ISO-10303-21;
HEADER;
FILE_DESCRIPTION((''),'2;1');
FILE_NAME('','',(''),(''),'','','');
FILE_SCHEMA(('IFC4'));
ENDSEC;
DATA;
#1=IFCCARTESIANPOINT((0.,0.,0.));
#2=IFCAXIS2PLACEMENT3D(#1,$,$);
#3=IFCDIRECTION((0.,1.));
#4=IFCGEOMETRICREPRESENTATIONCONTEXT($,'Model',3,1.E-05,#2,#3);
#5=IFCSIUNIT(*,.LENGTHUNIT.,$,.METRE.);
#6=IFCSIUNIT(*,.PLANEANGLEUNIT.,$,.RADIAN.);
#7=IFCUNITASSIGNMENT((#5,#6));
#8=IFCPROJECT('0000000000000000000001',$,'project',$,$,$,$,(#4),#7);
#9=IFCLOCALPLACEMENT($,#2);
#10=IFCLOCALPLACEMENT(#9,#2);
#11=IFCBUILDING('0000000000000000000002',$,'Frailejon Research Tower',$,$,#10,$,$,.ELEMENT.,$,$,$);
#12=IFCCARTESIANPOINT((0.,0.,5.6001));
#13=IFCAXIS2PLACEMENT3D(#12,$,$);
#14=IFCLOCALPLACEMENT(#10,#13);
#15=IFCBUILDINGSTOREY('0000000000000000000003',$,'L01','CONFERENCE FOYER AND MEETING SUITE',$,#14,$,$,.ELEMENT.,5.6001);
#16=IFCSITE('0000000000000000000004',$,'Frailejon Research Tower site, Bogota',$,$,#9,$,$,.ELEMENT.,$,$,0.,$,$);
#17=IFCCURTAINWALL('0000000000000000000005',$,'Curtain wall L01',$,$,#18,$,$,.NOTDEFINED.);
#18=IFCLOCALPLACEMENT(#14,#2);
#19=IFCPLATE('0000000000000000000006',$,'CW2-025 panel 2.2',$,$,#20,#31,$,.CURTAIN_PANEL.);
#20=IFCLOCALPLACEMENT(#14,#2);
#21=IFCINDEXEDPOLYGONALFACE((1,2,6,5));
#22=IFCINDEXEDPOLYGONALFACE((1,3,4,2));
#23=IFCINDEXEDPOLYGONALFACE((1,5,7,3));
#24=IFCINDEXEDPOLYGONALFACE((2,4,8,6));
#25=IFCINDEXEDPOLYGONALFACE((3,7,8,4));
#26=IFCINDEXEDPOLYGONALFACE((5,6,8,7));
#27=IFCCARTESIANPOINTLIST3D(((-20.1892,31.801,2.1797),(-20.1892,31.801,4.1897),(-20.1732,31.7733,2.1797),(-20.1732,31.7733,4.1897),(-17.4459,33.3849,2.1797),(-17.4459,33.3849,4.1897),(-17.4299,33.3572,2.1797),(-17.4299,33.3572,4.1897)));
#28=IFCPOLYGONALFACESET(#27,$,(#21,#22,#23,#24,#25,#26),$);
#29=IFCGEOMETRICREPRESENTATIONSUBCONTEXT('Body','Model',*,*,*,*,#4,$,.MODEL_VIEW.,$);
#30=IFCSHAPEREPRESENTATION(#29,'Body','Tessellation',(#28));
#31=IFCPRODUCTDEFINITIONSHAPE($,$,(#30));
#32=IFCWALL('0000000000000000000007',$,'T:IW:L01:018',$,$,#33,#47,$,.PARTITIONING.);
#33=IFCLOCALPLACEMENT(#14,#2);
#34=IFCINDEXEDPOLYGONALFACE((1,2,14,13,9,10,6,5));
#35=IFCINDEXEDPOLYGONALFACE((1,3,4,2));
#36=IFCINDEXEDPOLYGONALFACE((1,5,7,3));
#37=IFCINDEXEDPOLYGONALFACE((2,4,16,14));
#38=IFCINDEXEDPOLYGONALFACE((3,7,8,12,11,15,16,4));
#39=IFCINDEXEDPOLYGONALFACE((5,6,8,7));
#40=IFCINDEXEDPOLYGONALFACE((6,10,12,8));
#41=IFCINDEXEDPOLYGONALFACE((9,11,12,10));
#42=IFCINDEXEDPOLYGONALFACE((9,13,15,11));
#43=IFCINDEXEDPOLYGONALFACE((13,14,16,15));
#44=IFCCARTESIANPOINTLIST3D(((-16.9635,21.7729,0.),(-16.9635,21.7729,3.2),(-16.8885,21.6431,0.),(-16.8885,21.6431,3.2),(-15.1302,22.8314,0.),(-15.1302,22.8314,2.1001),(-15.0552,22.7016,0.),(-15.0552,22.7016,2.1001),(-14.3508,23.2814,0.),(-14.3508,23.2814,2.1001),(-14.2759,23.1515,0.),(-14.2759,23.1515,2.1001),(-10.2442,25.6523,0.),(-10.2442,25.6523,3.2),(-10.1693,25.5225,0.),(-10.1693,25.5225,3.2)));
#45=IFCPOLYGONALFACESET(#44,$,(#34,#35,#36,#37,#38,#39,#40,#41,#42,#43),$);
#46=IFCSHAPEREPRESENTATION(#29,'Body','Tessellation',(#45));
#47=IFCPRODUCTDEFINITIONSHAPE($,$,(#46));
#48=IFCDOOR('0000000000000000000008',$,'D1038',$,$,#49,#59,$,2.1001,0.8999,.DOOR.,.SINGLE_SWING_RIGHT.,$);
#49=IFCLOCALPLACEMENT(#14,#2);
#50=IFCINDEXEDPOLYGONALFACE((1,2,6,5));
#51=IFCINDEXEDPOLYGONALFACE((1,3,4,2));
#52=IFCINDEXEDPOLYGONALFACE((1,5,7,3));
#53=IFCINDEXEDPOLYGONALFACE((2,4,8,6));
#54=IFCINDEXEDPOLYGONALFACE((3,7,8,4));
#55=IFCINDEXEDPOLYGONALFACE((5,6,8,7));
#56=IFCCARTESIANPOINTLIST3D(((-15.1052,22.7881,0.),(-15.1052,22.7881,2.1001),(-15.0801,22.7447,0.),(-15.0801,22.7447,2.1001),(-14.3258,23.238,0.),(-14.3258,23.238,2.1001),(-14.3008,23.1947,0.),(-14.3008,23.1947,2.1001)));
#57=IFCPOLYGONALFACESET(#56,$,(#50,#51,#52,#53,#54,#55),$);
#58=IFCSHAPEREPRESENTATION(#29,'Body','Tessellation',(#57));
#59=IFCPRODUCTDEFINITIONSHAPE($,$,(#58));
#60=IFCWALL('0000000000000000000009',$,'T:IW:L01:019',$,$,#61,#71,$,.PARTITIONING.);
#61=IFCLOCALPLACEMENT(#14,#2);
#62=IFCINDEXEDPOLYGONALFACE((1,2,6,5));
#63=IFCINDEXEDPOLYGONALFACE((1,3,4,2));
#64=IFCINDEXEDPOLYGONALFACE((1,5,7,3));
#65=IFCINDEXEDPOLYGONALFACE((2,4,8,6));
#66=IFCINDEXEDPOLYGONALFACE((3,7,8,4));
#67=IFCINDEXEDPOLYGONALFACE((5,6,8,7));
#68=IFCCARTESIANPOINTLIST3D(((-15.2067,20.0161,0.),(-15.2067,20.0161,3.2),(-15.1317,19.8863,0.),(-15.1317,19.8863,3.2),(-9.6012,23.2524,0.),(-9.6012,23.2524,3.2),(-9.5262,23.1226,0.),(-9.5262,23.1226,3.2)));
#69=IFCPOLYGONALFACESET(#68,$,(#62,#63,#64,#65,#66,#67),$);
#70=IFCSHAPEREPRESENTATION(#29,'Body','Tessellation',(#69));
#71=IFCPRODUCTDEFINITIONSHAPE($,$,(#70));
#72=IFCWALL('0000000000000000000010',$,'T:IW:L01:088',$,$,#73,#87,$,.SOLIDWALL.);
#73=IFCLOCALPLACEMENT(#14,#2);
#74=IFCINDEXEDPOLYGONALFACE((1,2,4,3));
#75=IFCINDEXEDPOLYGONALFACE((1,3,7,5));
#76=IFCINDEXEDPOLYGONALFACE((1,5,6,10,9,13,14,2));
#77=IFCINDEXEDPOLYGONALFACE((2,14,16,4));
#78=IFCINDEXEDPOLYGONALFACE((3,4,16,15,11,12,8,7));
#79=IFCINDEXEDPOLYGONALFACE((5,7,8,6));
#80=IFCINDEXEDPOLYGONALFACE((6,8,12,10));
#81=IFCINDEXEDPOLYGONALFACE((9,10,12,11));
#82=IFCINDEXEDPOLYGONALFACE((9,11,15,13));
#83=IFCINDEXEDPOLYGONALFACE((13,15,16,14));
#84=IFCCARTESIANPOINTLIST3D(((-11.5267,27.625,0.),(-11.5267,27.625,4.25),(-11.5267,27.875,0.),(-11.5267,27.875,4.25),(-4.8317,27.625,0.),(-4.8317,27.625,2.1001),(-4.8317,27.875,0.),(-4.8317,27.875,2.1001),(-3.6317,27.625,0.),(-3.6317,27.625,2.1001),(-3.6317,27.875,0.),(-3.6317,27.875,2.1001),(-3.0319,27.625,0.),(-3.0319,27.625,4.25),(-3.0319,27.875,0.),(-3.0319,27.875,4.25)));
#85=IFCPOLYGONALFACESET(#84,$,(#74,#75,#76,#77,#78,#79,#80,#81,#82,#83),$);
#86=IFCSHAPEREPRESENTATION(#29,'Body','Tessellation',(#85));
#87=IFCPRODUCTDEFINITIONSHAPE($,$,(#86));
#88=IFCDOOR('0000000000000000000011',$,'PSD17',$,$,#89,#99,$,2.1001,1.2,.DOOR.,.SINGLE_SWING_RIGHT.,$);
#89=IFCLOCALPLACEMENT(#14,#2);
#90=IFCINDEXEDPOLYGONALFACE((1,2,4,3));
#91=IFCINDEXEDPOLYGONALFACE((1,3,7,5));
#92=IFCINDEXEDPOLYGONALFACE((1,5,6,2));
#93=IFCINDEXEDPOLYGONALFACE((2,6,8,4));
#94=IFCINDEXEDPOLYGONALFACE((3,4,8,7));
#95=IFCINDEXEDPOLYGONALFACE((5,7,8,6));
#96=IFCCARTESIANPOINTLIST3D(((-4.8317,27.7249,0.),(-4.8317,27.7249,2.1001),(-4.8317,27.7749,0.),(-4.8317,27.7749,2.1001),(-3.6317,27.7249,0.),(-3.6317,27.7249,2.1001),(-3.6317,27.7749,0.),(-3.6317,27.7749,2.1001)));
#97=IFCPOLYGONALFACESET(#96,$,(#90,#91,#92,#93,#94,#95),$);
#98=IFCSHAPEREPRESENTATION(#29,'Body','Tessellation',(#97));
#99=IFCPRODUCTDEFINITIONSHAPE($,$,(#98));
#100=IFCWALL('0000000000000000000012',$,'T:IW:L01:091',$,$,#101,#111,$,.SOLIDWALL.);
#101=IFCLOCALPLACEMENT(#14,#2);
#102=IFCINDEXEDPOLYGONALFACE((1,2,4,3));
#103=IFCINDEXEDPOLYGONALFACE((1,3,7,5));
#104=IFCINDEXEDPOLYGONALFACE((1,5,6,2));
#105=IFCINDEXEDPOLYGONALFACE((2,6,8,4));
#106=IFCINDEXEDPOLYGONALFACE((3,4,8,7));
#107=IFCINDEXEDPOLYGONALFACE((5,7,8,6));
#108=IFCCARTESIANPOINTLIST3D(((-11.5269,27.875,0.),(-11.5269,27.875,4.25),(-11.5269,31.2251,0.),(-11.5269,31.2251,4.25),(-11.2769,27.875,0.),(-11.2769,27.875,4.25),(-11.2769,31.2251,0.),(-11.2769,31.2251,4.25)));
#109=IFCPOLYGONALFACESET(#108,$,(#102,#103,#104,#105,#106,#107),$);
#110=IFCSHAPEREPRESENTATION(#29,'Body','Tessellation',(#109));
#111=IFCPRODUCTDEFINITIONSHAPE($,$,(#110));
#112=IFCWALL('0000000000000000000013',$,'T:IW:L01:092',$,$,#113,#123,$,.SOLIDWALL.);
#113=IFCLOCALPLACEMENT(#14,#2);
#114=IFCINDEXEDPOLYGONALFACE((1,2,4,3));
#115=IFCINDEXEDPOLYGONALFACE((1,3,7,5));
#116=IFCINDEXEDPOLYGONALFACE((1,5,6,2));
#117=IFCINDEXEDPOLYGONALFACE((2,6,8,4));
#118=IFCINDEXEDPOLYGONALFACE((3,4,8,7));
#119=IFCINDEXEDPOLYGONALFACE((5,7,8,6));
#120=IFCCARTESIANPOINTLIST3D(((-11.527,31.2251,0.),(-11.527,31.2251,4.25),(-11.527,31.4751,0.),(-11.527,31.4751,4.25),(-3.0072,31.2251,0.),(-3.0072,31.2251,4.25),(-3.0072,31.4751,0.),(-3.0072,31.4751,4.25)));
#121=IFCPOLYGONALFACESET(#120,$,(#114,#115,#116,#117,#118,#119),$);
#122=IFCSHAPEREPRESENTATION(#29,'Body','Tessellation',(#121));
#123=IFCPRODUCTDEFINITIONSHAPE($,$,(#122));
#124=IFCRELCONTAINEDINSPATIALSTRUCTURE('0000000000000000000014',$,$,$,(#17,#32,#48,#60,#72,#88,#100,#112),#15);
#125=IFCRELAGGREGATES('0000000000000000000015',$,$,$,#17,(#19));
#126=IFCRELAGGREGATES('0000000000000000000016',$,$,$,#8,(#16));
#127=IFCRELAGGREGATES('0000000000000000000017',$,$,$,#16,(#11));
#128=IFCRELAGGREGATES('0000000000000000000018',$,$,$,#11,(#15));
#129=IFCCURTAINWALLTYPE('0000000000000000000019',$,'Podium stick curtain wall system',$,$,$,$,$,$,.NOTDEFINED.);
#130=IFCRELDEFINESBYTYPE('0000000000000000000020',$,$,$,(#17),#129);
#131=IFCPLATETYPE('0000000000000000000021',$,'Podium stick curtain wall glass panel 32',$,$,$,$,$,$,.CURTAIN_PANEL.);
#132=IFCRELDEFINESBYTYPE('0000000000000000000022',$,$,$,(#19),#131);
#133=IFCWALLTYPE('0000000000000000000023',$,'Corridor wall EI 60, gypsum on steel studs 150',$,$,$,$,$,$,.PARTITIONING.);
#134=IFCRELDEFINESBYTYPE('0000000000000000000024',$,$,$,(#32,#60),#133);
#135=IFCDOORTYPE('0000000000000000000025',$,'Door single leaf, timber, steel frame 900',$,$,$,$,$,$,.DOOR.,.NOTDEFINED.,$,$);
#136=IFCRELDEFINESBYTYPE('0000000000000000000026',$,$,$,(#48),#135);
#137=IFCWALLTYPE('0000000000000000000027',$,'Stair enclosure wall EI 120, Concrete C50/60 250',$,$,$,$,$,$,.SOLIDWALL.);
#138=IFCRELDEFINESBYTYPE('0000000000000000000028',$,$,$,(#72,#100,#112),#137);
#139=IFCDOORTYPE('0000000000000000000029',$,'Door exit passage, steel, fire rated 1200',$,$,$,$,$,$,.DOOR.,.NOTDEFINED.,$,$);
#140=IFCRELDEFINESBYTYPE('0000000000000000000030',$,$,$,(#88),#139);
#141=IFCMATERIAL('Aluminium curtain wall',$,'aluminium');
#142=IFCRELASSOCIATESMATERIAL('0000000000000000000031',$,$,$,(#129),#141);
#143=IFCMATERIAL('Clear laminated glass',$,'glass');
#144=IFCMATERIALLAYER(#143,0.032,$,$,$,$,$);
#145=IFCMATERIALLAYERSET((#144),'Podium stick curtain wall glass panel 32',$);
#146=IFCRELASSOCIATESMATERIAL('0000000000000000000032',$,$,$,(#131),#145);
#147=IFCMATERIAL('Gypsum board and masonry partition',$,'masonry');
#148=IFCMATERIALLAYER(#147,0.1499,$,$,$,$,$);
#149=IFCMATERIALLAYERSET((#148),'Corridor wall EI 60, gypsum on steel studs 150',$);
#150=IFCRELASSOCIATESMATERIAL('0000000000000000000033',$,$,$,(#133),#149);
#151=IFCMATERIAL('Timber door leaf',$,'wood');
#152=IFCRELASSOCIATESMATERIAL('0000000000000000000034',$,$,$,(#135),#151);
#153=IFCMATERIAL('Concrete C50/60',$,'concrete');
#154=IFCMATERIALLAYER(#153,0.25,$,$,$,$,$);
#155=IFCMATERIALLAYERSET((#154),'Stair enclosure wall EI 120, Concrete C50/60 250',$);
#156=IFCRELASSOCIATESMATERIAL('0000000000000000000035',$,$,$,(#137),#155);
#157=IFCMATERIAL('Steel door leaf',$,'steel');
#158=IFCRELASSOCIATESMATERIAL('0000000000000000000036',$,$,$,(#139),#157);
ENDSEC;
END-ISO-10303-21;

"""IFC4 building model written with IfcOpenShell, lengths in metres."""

from ifc_helpers import new_model, si_unit, direction, frame, frame_2d, origin, origin_2d, place, context, subcontext, project, spatial, rectangle, extrude, material, layer, layer_set, type_object, element, fill, aggregate, save


model = new_model("IFC4")

# Units and contexts
model_context = context("Model", 3, precision=1e-05, world=origin(), true_north=direction((0.0, 1.0)))
body_context = subcontext(model_context, "Body", "Model", "MODEL_VIEW")
ifc_project = project(units=[si_unit("LENGTHUNIT", "METRE"), si_unit("PLANEANGLEUNIT", "RADIAN")], contexts=[model_context])

# Site, building, storey
site_placement = place(None, origin())
site = spatial("IfcSite", under=ifc_project, at=site_placement, Name="Frailejon Research Tower site, Bogota", CompositionType="ELEMENT", RefElevation=0.0)
building_placement = place(site_placement, origin())
building = spatial("IfcBuilding", under=site, at=building_placement, Name="Frailejon Research Tower", CompositionType="ELEMENT")
storey_placement = place(building_placement, frame((0.0, 0.0, 5.6001)))
storey = spatial("IfcBuildingStorey", under=building, at=storey_placement, Name="L01", Description="CONFERENCE FOYER AND MEETING SUITE", CompositionType="ELEMENT", Elevation=5.6001)

# Curtain wall, plate
ifc_material_1 = material(Name="Aluminium curtain wall", Category="aluminium")
curtain_wall_type = type_object("IfcCurtainWallType", Name="Podium stick curtain wall system", PredefinedType="NOTDEFINED", material=ifc_material_1)
curtain_wall_placement = place(storey_placement, origin())
curtain_wall = element("IfcCurtainWall", 1, at=curtain_wall_placement, inside=storey, type_object=curtain_wall_type, Name="Curtain wall L01", PredefinedType="NOTDEFINED")
ifc_material_2 = material(Name="Clear laminated glass", Category="glass")
ifc_layer_1 = layer(ifc_material_2, 0.032)
ifc_layer_set_1 = layer_set([ifc_layer_1], Name="Podium stick curtain wall glass panel 32")
plate_type = type_object("IfcPlateType", Name="Podium stick curtain wall glass panel 32", PredefinedType="CURTAIN_PANEL", material=ifc_layer_set_1)
plate_1_placement = place(storey_placement, frame((-18.8096, 32.5791, 2.1797), z_axis=(0.0, 0.0, 1.0), x_axis=(-0.866025, -0.5, 0.0)))
plate_1 = element("IfcPlate", 2, at=plate_1_placement, type_object=plate_type, Name="CW2-025 panel 2.2", PredefinedType="CURTAIN_PANEL", context=body_context, shape_type="SweptSolid", body=[
    extrude(rectangle(XDim=3.1677, YDim=0.032, at=origin_2d()), origin(), (0.0, 0.0, 1.0), 2.01),
])
aggregate(curtain_wall, [plate_1])

# Wall, opening, door
ifc_material_3 = material(Name="Gypsum board and masonry partition", Category="masonry")
ifc_layer_2 = layer(ifc_material_3, 0.1499)
ifc_layer_set_2 = layer_set([ifc_layer_2], Name="Corridor wall EI 60, gypsum on steel studs 150")
wall_type_1 = type_object("IfcWallType", Name="Corridor wall EI 60, gypsum on steel studs 150", PredefinedType="PARTITIONING", material=ifc_layer_set_2)
wall_1_placement = place(storey_placement, frame((-16.926, 21.708, 0.0), z_axis=(0.0, 0.0, 1.0), x_axis=(0.866023, 0.500004, 0.0)))
wall_1 = element("IfcWall", 3, at=wall_1_placement, inside=storey, type_object=wall_type_1, Name="T:IW:L01:018", PredefinedType="PARTITIONING", context=body_context, shape_type="SweptSolid", body=[
    extrude(rectangle(XDim=7.7588, YDim=0.1499, at=frame_2d((3.8794, 0.0))), origin(), (0.0, 0.0, 1.0), 3.2),
])
opening_1_placement = place(wall_1_placement, frame((2.1169, 0.0, 0.0)))
opening_1 = element("IfcOpeningElement", 4, at=opening_1_placement, cuts=wall_1, PredefinedType="OPENING", context=body_context, shape_type="SweptSolid", body=[
    extrude(rectangle(XDim=0.8999, YDim=2.1001, at=frame_2d((0.45, 1.05))), frame((0.0, 0.085, 0.0), z_axis=(0.0, -1.0, 0.0), x_axis=(1.0, 0.0, 0.0)), (0.0, 0.0, 1.0), 0.1699),
])
ifc_material_4 = material(Name="Timber door leaf", Category="wood")
door_type_1 = type_object("IfcDoorType", Name="Door single leaf, timber, steel frame 900", OperationType="NOTDEFINED", PredefinedType="DOOR", material=ifc_material_4)
door_1_placement = place(opening_1_placement, origin())
door_1 = element("IfcDoor", 5, at=door_1_placement, inside=storey, type_object=door_type_1, Name="D1038", OperationType="SINGLE_SWING_RIGHT", OverallHeight=2.1001, OverallWidth=0.8999, PredefinedType="DOOR", context=body_context, shape_type="SweptSolid", body=[
    extrude(rectangle(XDim=0.8999, YDim=2.1001, at=frame_2d((0.45, 1.05))), frame((0.0, 0.0249, 0.0), z_axis=(0.0, -1.0, 0.0), x_axis=(1.0, 0.0, 0.0)), (0.0, 0.0, 1.0), 0.05),
])
fill(opening_1, door_1)

# Wall
wall_2_placement = place(storey_placement, frame((-15.1692, 19.9512, 0.0), z_axis=(0.0, 0.0, 1.0), x_axis=(0.866025, 0.500001, 0.0)))
element("IfcWall", 6, at=wall_2_placement, inside=storey, type_object=wall_type_1, Name="T:IW:L01:019", PredefinedType="PARTITIONING", context=body_context, shape_type="SweptSolid", body=[
    extrude(rectangle(XDim=6.4727, YDim=0.1499, at=frame_2d((3.2363, 0.0))), origin(), (0.0, 0.0, 1.0), 3.2),
])

# Wall, opening, door
ifc_material_5 = material(Name="Concrete C50/60", Category="concrete")
ifc_layer_3 = layer(ifc_material_5, 0.25)
ifc_layer_set_3 = layer_set([ifc_layer_3], Name="Stair enclosure wall EI 120, Concrete C50/60 250")
wall_type_2 = type_object("IfcWallType", Name="Stair enclosure wall EI 120, Concrete C50/60 250", PredefinedType="SOLIDWALL", material=ifc_layer_set_3)
wall_3_placement = place(storey_placement, frame((-11.5269, 27.75, 0.0), z_axis=(0.0, 0.0, 1.0), x_axis=(1.0, 0.0, 0.0)))
wall_3 = element("IfcWall", 7, at=wall_3_placement, inside=storey, type_object=wall_type_2, Name="T:IW:L01:088", PredefinedType="SOLIDWALL", context=body_context, shape_type="SweptSolid", body=[
    extrude(rectangle(XDim=8.4949, YDim=0.25, at=frame_2d((4.2476, 0.0))), origin(), (0.0, 0.0, 1.0), 4.25),
])
opening_2_placement = place(wall_3_placement, frame((6.6951, 0.0, 0.0)))
opening_2 = element("IfcOpeningElement", 8, at=opening_2_placement, cuts=wall_3, PredefinedType="OPENING", context=body_context, shape_type="SweptSolid", body=[
    extrude(rectangle(XDim=1.2, YDim=2.1001, at=frame_2d((0.6001, 1.05))), frame((0.0, 0.135, 0.0), z_axis=(0.0, -1.0, 0.0), x_axis=(1.0, 0.0, 0.0)), (0.0, 0.0, 1.0), 0.27),
])
ifc_material_6 = material(Name="Steel door leaf", Category="steel")
door_type_2 = type_object("IfcDoorType", Name="Door exit passage, steel, fire rated 1200", OperationType="NOTDEFINED", PredefinedType="DOOR", material=ifc_material_6)
door_2_placement = place(opening_2_placement, origin())
door_2 = element("IfcDoor", 9, at=door_2_placement, inside=storey, type_object=door_type_2, Name="PSD17", OperationType="SINGLE_SWING_RIGHT", OverallHeight=2.1001, OverallWidth=1.2, PredefinedType="DOOR", context=body_context, shape_type="SweptSolid", body=[
    extrude(rectangle(XDim=1.2, YDim=2.1001, at=frame_2d((0.6001, 1.05))), frame((0.0, 0.0249, 0.0), z_axis=(0.0, -1.0, 0.0), x_axis=(1.0, 0.0, 0.0)), (0.0, 0.0, 1.0), 0.05),
])
fill(opening_2, door_2)

# Walls
wall_4_placement = place(storey_placement, frame((-11.4019, 27.875, 0.0), z_axis=(0.0, 0.0, 1.0), x_axis=(0.0, 1.0, 0.0)))
element("IfcWall", 10, at=wall_4_placement, inside=storey, type_object=wall_type_2, Name="T:IW:L01:091", PredefinedType="SOLIDWALL", context=body_context, shape_type="SweptSolid", body=[
    extrude(rectangle(XDim=3.3501, YDim=0.25, at=frame_2d((1.675, 0.0))), origin(), (0.0, 0.0, 1.0), 4.25),
])
wall_5_placement = place(storey_placement, frame((-11.5269, 31.3501, 0.0), z_axis=(0.0, 0.0, 1.0), x_axis=(1.0, 0.0, 0.0)))
element("IfcWall", 11, at=wall_5_placement, inside=storey, type_object=wall_type_2, Name="T:IW:L01:092", PredefinedType="SOLIDWALL", context=body_context, shape_type="SweptSolid", body=[
    extrude(rectangle(XDim=8.5198, YDim=0.25, at=frame_2d((4.2598, 0.0))), origin(), (0.0, 0.0, 1.0), 4.25),
])

save(model, "model.ifc")
